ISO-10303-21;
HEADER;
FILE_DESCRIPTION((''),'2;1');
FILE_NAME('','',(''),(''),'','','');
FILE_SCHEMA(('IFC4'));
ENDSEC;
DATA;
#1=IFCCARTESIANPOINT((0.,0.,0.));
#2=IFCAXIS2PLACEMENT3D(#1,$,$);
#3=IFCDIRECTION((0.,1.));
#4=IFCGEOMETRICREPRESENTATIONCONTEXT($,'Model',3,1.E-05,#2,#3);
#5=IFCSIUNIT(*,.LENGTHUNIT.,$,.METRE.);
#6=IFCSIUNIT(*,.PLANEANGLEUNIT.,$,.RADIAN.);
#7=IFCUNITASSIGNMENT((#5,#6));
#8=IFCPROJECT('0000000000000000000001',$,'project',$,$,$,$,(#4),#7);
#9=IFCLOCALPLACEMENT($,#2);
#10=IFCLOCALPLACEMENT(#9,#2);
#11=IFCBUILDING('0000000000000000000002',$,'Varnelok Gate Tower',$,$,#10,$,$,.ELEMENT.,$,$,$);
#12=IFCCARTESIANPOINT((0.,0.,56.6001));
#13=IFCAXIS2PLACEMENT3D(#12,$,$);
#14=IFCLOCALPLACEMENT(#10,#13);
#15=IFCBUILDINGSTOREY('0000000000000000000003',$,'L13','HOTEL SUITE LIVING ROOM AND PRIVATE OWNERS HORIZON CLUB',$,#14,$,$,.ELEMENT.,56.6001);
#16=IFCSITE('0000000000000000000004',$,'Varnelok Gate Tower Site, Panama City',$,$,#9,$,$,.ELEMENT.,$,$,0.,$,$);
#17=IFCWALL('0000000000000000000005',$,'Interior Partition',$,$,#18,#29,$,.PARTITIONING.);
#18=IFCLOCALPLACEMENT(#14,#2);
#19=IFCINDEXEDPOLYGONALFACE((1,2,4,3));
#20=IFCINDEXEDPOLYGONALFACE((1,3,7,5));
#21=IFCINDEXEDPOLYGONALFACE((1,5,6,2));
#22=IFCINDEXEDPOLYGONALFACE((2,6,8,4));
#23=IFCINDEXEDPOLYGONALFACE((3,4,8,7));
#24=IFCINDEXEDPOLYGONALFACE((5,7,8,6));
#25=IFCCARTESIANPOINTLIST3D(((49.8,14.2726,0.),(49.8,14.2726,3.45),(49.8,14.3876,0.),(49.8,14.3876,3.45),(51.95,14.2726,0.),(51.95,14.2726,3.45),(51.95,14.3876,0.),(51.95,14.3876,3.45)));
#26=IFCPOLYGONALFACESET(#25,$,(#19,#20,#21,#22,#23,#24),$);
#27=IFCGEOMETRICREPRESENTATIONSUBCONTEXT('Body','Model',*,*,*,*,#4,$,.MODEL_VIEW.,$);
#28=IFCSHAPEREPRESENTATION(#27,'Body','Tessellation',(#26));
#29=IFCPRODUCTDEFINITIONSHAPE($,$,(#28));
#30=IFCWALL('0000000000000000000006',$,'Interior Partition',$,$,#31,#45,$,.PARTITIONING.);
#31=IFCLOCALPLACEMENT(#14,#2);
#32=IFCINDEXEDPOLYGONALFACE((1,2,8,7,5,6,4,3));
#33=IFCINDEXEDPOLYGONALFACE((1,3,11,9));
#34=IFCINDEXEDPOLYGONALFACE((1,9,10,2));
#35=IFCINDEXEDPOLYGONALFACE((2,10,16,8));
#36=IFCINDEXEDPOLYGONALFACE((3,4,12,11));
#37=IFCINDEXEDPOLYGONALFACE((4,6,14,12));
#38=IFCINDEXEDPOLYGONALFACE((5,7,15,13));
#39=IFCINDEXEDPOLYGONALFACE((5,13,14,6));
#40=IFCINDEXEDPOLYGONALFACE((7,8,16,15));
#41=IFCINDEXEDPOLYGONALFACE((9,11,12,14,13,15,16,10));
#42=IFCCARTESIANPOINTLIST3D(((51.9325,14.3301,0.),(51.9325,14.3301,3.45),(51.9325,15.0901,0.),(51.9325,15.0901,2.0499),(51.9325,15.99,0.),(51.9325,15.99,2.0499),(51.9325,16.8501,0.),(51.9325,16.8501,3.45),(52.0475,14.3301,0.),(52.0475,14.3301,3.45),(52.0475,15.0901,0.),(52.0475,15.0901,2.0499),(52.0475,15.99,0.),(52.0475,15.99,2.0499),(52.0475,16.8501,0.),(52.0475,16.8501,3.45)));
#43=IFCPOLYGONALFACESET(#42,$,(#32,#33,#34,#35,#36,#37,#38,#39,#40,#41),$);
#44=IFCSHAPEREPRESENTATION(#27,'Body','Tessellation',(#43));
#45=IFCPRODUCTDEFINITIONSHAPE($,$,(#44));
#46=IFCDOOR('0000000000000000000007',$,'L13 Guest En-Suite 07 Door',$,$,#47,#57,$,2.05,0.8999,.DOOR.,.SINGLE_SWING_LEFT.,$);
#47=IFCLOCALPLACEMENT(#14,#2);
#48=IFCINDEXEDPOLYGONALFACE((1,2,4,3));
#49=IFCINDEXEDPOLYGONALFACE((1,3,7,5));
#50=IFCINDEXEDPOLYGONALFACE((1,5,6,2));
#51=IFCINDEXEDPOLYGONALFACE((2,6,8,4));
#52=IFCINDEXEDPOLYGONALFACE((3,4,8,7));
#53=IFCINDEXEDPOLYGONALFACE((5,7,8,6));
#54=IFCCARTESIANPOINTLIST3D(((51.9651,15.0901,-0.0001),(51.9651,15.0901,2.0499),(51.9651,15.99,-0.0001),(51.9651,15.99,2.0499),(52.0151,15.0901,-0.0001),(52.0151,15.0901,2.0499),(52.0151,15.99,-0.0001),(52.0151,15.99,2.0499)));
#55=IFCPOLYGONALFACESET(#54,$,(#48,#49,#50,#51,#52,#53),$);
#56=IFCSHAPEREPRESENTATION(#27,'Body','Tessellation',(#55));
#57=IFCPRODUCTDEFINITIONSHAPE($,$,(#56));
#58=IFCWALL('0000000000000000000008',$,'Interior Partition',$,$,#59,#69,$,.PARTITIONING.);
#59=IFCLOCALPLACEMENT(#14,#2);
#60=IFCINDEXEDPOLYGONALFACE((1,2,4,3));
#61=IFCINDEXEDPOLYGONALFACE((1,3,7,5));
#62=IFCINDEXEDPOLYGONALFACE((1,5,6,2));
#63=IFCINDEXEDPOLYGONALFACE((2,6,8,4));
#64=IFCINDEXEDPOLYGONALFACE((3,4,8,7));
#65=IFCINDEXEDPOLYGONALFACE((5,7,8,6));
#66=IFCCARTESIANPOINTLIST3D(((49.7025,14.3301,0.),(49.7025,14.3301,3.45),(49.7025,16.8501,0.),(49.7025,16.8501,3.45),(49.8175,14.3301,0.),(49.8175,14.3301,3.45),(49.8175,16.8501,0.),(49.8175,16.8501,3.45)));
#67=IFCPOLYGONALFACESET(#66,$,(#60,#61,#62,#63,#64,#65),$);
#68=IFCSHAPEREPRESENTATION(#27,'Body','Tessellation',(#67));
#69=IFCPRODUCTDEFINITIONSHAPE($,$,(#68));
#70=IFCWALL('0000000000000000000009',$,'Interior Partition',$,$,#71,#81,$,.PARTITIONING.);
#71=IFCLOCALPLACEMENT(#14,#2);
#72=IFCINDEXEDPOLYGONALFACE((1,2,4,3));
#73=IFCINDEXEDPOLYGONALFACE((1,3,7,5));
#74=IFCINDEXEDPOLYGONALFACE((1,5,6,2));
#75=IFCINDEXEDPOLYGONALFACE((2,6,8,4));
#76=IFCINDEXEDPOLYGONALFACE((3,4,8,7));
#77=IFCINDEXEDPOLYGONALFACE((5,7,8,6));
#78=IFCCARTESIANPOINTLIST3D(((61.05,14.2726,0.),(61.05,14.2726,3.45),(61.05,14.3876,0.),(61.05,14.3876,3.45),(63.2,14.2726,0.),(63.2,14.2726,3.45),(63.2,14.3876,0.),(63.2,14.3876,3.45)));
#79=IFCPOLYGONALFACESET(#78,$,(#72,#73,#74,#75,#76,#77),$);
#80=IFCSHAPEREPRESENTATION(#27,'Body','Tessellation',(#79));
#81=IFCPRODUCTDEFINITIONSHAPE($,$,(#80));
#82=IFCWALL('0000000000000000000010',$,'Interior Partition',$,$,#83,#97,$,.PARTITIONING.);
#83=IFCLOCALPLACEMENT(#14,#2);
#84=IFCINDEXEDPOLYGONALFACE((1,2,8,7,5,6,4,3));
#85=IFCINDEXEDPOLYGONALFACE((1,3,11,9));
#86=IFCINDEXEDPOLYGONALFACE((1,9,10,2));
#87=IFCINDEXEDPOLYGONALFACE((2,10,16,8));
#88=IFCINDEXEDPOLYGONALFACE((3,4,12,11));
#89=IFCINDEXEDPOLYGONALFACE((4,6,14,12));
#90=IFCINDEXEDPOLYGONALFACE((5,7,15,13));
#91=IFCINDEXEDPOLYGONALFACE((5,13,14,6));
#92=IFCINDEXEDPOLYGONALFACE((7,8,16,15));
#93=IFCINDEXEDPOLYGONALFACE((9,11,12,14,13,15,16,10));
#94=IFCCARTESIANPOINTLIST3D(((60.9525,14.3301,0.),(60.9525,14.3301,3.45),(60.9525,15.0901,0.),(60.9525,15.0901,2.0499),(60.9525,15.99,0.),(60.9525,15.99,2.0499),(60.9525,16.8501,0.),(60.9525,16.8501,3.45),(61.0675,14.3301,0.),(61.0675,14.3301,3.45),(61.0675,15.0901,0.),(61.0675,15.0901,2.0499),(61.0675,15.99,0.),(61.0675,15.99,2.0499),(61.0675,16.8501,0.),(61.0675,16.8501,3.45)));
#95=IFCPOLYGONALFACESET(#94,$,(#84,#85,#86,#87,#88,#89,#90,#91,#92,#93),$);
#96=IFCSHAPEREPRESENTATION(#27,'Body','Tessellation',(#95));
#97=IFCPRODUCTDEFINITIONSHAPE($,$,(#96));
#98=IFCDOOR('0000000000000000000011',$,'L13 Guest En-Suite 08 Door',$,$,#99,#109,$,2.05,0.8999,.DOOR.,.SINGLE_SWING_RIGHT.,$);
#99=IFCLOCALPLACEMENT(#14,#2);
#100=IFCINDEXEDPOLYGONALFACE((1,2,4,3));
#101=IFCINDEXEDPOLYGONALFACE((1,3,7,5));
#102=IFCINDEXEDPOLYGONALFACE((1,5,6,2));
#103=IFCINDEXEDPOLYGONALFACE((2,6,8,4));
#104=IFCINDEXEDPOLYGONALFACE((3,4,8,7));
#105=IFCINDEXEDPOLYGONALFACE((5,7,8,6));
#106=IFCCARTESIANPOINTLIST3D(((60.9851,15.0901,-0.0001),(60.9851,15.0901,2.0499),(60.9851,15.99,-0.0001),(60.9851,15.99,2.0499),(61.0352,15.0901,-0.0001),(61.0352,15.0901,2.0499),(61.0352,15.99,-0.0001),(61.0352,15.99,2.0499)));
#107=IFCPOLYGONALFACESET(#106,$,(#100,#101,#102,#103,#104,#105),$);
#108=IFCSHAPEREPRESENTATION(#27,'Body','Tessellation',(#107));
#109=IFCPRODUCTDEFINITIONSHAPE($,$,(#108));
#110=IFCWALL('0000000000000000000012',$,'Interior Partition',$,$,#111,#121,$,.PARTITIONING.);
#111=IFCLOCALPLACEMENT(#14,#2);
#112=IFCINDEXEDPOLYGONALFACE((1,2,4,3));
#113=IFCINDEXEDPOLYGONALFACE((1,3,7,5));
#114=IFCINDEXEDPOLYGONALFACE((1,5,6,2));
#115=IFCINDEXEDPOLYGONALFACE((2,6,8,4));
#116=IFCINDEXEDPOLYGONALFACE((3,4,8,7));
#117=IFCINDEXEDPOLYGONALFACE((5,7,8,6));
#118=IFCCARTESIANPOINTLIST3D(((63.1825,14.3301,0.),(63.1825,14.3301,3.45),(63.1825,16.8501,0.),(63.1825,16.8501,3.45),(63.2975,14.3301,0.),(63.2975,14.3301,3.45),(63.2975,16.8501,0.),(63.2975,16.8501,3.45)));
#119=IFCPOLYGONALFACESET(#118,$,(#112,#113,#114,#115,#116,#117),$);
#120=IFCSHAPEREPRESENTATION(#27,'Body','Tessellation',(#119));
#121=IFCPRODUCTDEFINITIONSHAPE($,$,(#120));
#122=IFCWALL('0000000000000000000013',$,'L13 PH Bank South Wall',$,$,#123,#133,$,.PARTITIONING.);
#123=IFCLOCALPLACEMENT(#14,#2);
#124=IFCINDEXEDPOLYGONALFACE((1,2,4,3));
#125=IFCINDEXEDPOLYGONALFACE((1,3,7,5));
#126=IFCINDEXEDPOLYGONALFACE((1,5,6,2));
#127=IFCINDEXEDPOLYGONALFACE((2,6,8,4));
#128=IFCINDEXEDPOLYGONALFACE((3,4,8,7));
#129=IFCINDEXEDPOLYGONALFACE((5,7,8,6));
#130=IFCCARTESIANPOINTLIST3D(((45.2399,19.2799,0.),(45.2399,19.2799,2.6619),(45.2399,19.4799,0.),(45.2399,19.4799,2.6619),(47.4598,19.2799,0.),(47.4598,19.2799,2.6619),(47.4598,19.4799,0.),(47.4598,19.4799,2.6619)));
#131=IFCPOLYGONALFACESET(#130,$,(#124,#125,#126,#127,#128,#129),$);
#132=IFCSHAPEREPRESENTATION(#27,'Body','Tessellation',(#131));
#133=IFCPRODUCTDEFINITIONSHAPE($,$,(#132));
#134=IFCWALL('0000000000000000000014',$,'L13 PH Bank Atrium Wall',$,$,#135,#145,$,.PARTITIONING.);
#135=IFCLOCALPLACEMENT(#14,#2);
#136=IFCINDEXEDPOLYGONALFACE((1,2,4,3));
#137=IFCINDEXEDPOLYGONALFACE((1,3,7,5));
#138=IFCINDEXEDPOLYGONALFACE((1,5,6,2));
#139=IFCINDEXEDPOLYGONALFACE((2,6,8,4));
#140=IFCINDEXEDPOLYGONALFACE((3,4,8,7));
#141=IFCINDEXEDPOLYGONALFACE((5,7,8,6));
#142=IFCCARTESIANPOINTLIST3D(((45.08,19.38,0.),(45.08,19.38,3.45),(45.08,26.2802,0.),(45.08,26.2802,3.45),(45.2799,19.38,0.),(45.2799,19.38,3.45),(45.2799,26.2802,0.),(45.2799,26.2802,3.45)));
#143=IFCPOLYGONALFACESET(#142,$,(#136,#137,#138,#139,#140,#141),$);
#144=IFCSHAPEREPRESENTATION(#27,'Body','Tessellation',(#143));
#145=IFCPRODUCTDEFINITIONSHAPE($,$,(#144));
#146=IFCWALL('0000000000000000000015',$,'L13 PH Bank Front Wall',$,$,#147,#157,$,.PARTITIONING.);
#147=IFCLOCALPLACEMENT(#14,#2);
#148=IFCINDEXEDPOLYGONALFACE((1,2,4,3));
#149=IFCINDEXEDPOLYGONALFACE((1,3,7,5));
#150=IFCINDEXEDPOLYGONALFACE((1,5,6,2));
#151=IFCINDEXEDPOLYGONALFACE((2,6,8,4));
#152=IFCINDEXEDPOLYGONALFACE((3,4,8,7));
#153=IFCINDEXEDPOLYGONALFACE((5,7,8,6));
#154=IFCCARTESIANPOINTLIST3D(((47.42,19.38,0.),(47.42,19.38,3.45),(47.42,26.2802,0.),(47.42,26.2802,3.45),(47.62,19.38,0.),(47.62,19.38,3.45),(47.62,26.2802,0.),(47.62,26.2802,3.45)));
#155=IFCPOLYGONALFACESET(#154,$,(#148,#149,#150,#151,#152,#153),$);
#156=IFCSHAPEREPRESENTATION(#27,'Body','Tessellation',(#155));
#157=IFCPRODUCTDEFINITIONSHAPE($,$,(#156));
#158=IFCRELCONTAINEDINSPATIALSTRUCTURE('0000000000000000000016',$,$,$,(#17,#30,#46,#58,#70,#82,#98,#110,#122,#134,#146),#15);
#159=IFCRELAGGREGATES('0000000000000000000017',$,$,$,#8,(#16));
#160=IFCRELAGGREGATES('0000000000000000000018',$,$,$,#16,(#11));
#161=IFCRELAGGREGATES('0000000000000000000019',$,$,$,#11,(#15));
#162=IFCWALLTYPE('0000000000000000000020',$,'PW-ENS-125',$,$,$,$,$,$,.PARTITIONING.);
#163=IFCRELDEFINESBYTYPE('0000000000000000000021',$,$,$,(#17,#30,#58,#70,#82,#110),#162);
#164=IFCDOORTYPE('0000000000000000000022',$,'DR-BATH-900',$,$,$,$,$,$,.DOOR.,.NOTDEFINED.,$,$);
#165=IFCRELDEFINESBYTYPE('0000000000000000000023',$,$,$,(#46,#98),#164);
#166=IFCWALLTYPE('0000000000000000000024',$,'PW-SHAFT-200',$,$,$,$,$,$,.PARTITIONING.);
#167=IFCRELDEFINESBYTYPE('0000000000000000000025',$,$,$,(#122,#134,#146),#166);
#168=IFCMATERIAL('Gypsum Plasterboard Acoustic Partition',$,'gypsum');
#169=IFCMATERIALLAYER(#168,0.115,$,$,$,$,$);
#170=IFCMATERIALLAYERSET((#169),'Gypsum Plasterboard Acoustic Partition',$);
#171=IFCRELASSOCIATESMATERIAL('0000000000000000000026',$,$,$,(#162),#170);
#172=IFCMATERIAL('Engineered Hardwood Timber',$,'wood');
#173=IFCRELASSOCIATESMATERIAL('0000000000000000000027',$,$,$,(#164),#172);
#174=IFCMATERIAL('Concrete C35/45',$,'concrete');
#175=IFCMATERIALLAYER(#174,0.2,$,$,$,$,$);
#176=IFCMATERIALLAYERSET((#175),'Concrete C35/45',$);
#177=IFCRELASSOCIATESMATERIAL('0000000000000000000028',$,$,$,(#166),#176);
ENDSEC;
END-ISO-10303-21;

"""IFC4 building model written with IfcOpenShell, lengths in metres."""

from ifc_helpers import new_model, si_unit, direction, frame, frame_2d, origin, place, context, subcontext, project, spatial, rectangle, extrude, material, layer, layer_set, type_object, element, fill, save


model = new_model("IFC4")

# Units and contexts
model_context = context("Model", 3, precision=1e-05, world=origin(), true_north=direction((0.0, 1.0)))
body_context = subcontext(model_context, "Body", "Model", "MODEL_VIEW")
ifc_project = project(units=[si_unit("LENGTHUNIT", "METRE"), si_unit("PLANEANGLEUNIT", "RADIAN")], contexts=[model_context])

# Site, building, storey
site_placement = place(None, origin())
site = spatial("IfcSite", under=ifc_project, at=site_placement, Name="Varnelok Gate Tower Site, Panama City", CompositionType="ELEMENT", RefElevation=0.0)
building_placement = place(site_placement, origin())
building = spatial("IfcBuilding", under=site, at=building_placement, Name="Varnelok Gate Tower", CompositionType="ELEMENT")
storey_placement = place(building_placement, frame((0.0, 0.0, 56.6001)))
storey = spatial("IfcBuildingStorey", under=building, at=storey_placement, Name="L13", Description="HOTEL SUITE LIVING ROOM AND PRIVATE OWNERS HORIZON CLUB", CompositionType="ELEMENT", Elevation=56.6001)

# Shared definitions
ifc_material_1 = material(Name="Gypsum Plasterboard Acoustic Partition", Category="gypsum")
ifc_material_2 = material(Name="Engineered Hardwood Timber", Category="wood")

# Wall
ifc_layer_1 = layer(ifc_material_1, 0.115)
ifc_layer_set_1 = layer_set([ifc_layer_1], Name="Gypsum Plasterboard Acoustic Partition")
wall_type_1 = type_object("IfcWallType", Name="PW-ENS-125", PredefinedType="PARTITIONING", material=ifc_layer_set_1)
wall_1_placement = place(storey_placement, frame((49.8, 14.3301, 0.0), z_axis=(0.0, 0.0, 1.0), x_axis=(1.0, 0.0, 0.0)))
element("IfcWall", 1, at=wall_1_placement, inside=storey, type_object=wall_type_1, Name="Interior Partition", PredefinedType="PARTITIONING", context=body_context, shape_type="SweptSolid", body=[
    extrude(rectangle(XDim=2.1499, YDim=0.115, at=frame_2d((1.075, 0.0))), origin(), (0.0, 0.0, 1.0), 3.45),
])

# Wall, opening, door
wall_2_placement = place(storey_placement, frame((51.99, 14.3301, 0.0), z_axis=(0.0, 0.0, 1.0), x_axis=(0.0, 1.0, 0.0)))
wall_2 = element("IfcWall", 2, at=wall_2_placement, inside=storey, type_object=wall_type_1, Name="Interior Partition", PredefinedType="PARTITIONING", context=body_context, shape_type="SweptSolid", body=[
    extrude(rectangle(XDim=2.52, YDim=0.115, at=frame_2d((1.26, 0.0))), origin(), (0.0, 0.0, 1.0), 3.45),
])
opening_1_placement = place(wall_2_placement, frame((0.76, 0.0, 0.0)))
opening_1 = element("IfcOpeningElement", 3, at=opening_1_placement, cuts=wall_2, PredefinedType="OPENING", context=body_context, shape_type="SweptSolid", body=[
    extrude(rectangle(XDim=0.8999, YDim=2.05, at=frame_2d((0.45, 1.0249))), frame((0.0, 0.0674, 0.0), z_axis=(0.0, -1.0, 0.0), x_axis=(1.0, 0.0, 0.0)), (0.0, 0.0, 1.0), 0.135),
])
door_type_1 = type_object("IfcDoorType", Name="DR-BATH-900", OperationType="NOTDEFINED", PredefinedType="DOOR", material=ifc_material_2)
door_1_placement = place(opening_1_placement, origin())
door_1 = element("IfcDoor", 4, at=door_1_placement, inside=storey, type_object=door_type_1, Name="L13 Guest En-Suite 07 Door", OperationType="SINGLE_SWING_LEFT", OverallHeight=2.05, OverallWidth=0.8999, PredefinedType="DOOR", context=body_context, shape_type="SweptSolid", body=[
    extrude(rectangle(XDim=0.8999, YDim=2.05, at=frame_2d((0.45, 1.0249))), frame((0.0, 0.0249, 0.0), z_axis=(0.0, -1.0, 0.0), x_axis=(1.0, 0.0, 0.0)), (0.0, 0.0, 1.0), 0.05),
])
fill(opening_1, door_1)

# Walls
wall_3_placement = place(storey_placement, frame((49.76, 14.3301, 0.0), z_axis=(0.0, 0.0, 1.0), x_axis=(0.0, 1.0, 0.0)))
element("IfcWall", 5, at=wall_3_placement, inside=storey, type_object=wall_type_1, Name="Interior Partition", PredefinedType="PARTITIONING", context=body_context, shape_type="SweptSolid", body=[
    extrude(rectangle(XDim=2.52, YDim=0.115, at=frame_2d((1.26, 0.0))), origin(), (0.0, 0.0, 1.0), 3.45),
])
wall_4_placement = place(storey_placement, frame((61.05, 14.3301, 0.0), z_axis=(0.0, 0.0, 1.0), x_axis=(1.0, 0.0, 0.0)))
element("IfcWall", 6, at=wall_4_placement, inside=storey, type_object=wall_type_1, Name="Interior Partition", PredefinedType="PARTITIONING", context=body_context, shape_type="SweptSolid", body=[
    extrude(rectangle(XDim=2.1499, YDim=0.115, at=frame_2d((1.075, 0.0))), origin(), (0.0, 0.0, 1.0), 3.45),
])

# Wall, opening, door
wall_5_placement = place(storey_placement, frame((61.01, 14.3301, 0.0), z_axis=(0.0, 0.0, 1.0), x_axis=(0.0, 1.0, 0.0)))
wall_5 = element("IfcWall", 7, at=wall_5_placement, inside=storey, type_object=wall_type_1, Name="Interior Partition", PredefinedType="PARTITIONING", context=body_context, shape_type="SweptSolid", body=[
    extrude(rectangle(XDim=2.52, YDim=0.115, at=frame_2d((1.26, 0.0))), origin(), (0.0, 0.0, 1.0), 3.45),
])
opening_2_placement = place(wall_5_placement, frame((0.76, 0.0, 0.0)))
opening_2 = element("IfcOpeningElement", 8, at=opening_2_placement, cuts=wall_5, PredefinedType="OPENING", context=body_context, shape_type="SweptSolid", body=[
    extrude(rectangle(XDim=0.8999, YDim=2.05, at=frame_2d((0.45, 1.0249))), frame((0.0, 0.0674, 0.0), z_axis=(0.0, -1.0, 0.0), x_axis=(1.0, 0.0, 0.0)), (0.0, 0.0, 1.0), 0.135),
])
door_2_placement = place(opening_2_placement, origin())
door_2 = element("IfcDoor", 9, at=door_2_placement, inside=storey, type_object=door_type_1, Name="L13 Guest En-Suite 08 Door", OperationType="SINGLE_SWING_RIGHT", OverallHeight=2.05, OverallWidth=0.8999, PredefinedType="DOOR", context=body_context, shape_type="SweptSolid", body=[
    extrude(rectangle(XDim=0.8999, YDim=2.05, at=frame_2d((0.45, 1.0249))), frame((0.0, 0.0249, 0.0), z_axis=(0.0, -1.0, 0.0), x_axis=(1.0, 0.0, 0.0)), (0.0, 0.0, 1.0), 0.05),
])
fill(opening_2, door_2)

# Walls
wall_6_placement = place(storey_placement, frame((63.24, 14.3301, 0.0), z_axis=(0.0, 0.0, 1.0), x_axis=(0.0, 1.0, 0.0)))
element("IfcWall", 10, at=wall_6_placement, inside=storey, type_object=wall_type_1, Name="Interior Partition", PredefinedType="PARTITIONING", context=body_context, shape_type="SweptSolid", body=[
    extrude(rectangle(XDim=2.52, YDim=0.115, at=frame_2d((1.26, 0.0))), origin(), (0.0, 0.0, 1.0), 3.45),
])
ifc_material_3 = material(Name="Concrete C35/45", Category="concrete")
ifc_layer_2 = layer(ifc_material_3, 0.2)
ifc_layer_set_2 = layer_set([ifc_layer_2], Name="Concrete C35/45")
wall_type_2 = type_object("IfcWallType", Name="PW-SHAFT-200", PredefinedType="PARTITIONING", material=ifc_layer_set_2)
wall_7_placement = place(storey_placement, frame((45.24, 19.3799, 0.0), z_axis=(0.0, 0.0, 1.0), x_axis=(1.0, 0.0, 0.0)))
element("IfcWall", 11, at=wall_7_placement, inside=storey, type_object=wall_type_2, Name="L13 PH Bank South Wall", PredefinedType="PARTITIONING", context=body_context, shape_type="SweptSolid", body=[
    extrude(rectangle(XDim=2.22, YDim=0.2, at=frame_2d((1.1099, 0.0))), origin(), (0.0, 0.0, 1.0), 2.6619),
])
for number, where, z_axis, x_axis, name in (
    (12, (45.1799, 19.3799, 0.0), (0.0, 0.0, 1.0), (0.0, 1.0, 0.0), "L13 PH Bank Atrium Wall"),
    (13, (47.52, 19.3799, 0.0), (0.0, 0.0, 1.0), (0.0, 1.0, 0.0), "L13 PH Bank Front Wall"),
):
    element("IfcWall", number, at=place(storey_placement, frame(where, z_axis=z_axis, x_axis=x_axis)), inside=storey, type_object=wall_type_2, Name=name, PredefinedType="PARTITIONING", context=body_context, shape_type="SweptSolid", body=[
        extrude(rectangle(XDim=6.9001, YDim=0.2, at=frame_2d((3.4502, 0.0))), origin(), (0.0, 0.0, 1.0), 3.45),
    ])

save(model, "model.ifc")
